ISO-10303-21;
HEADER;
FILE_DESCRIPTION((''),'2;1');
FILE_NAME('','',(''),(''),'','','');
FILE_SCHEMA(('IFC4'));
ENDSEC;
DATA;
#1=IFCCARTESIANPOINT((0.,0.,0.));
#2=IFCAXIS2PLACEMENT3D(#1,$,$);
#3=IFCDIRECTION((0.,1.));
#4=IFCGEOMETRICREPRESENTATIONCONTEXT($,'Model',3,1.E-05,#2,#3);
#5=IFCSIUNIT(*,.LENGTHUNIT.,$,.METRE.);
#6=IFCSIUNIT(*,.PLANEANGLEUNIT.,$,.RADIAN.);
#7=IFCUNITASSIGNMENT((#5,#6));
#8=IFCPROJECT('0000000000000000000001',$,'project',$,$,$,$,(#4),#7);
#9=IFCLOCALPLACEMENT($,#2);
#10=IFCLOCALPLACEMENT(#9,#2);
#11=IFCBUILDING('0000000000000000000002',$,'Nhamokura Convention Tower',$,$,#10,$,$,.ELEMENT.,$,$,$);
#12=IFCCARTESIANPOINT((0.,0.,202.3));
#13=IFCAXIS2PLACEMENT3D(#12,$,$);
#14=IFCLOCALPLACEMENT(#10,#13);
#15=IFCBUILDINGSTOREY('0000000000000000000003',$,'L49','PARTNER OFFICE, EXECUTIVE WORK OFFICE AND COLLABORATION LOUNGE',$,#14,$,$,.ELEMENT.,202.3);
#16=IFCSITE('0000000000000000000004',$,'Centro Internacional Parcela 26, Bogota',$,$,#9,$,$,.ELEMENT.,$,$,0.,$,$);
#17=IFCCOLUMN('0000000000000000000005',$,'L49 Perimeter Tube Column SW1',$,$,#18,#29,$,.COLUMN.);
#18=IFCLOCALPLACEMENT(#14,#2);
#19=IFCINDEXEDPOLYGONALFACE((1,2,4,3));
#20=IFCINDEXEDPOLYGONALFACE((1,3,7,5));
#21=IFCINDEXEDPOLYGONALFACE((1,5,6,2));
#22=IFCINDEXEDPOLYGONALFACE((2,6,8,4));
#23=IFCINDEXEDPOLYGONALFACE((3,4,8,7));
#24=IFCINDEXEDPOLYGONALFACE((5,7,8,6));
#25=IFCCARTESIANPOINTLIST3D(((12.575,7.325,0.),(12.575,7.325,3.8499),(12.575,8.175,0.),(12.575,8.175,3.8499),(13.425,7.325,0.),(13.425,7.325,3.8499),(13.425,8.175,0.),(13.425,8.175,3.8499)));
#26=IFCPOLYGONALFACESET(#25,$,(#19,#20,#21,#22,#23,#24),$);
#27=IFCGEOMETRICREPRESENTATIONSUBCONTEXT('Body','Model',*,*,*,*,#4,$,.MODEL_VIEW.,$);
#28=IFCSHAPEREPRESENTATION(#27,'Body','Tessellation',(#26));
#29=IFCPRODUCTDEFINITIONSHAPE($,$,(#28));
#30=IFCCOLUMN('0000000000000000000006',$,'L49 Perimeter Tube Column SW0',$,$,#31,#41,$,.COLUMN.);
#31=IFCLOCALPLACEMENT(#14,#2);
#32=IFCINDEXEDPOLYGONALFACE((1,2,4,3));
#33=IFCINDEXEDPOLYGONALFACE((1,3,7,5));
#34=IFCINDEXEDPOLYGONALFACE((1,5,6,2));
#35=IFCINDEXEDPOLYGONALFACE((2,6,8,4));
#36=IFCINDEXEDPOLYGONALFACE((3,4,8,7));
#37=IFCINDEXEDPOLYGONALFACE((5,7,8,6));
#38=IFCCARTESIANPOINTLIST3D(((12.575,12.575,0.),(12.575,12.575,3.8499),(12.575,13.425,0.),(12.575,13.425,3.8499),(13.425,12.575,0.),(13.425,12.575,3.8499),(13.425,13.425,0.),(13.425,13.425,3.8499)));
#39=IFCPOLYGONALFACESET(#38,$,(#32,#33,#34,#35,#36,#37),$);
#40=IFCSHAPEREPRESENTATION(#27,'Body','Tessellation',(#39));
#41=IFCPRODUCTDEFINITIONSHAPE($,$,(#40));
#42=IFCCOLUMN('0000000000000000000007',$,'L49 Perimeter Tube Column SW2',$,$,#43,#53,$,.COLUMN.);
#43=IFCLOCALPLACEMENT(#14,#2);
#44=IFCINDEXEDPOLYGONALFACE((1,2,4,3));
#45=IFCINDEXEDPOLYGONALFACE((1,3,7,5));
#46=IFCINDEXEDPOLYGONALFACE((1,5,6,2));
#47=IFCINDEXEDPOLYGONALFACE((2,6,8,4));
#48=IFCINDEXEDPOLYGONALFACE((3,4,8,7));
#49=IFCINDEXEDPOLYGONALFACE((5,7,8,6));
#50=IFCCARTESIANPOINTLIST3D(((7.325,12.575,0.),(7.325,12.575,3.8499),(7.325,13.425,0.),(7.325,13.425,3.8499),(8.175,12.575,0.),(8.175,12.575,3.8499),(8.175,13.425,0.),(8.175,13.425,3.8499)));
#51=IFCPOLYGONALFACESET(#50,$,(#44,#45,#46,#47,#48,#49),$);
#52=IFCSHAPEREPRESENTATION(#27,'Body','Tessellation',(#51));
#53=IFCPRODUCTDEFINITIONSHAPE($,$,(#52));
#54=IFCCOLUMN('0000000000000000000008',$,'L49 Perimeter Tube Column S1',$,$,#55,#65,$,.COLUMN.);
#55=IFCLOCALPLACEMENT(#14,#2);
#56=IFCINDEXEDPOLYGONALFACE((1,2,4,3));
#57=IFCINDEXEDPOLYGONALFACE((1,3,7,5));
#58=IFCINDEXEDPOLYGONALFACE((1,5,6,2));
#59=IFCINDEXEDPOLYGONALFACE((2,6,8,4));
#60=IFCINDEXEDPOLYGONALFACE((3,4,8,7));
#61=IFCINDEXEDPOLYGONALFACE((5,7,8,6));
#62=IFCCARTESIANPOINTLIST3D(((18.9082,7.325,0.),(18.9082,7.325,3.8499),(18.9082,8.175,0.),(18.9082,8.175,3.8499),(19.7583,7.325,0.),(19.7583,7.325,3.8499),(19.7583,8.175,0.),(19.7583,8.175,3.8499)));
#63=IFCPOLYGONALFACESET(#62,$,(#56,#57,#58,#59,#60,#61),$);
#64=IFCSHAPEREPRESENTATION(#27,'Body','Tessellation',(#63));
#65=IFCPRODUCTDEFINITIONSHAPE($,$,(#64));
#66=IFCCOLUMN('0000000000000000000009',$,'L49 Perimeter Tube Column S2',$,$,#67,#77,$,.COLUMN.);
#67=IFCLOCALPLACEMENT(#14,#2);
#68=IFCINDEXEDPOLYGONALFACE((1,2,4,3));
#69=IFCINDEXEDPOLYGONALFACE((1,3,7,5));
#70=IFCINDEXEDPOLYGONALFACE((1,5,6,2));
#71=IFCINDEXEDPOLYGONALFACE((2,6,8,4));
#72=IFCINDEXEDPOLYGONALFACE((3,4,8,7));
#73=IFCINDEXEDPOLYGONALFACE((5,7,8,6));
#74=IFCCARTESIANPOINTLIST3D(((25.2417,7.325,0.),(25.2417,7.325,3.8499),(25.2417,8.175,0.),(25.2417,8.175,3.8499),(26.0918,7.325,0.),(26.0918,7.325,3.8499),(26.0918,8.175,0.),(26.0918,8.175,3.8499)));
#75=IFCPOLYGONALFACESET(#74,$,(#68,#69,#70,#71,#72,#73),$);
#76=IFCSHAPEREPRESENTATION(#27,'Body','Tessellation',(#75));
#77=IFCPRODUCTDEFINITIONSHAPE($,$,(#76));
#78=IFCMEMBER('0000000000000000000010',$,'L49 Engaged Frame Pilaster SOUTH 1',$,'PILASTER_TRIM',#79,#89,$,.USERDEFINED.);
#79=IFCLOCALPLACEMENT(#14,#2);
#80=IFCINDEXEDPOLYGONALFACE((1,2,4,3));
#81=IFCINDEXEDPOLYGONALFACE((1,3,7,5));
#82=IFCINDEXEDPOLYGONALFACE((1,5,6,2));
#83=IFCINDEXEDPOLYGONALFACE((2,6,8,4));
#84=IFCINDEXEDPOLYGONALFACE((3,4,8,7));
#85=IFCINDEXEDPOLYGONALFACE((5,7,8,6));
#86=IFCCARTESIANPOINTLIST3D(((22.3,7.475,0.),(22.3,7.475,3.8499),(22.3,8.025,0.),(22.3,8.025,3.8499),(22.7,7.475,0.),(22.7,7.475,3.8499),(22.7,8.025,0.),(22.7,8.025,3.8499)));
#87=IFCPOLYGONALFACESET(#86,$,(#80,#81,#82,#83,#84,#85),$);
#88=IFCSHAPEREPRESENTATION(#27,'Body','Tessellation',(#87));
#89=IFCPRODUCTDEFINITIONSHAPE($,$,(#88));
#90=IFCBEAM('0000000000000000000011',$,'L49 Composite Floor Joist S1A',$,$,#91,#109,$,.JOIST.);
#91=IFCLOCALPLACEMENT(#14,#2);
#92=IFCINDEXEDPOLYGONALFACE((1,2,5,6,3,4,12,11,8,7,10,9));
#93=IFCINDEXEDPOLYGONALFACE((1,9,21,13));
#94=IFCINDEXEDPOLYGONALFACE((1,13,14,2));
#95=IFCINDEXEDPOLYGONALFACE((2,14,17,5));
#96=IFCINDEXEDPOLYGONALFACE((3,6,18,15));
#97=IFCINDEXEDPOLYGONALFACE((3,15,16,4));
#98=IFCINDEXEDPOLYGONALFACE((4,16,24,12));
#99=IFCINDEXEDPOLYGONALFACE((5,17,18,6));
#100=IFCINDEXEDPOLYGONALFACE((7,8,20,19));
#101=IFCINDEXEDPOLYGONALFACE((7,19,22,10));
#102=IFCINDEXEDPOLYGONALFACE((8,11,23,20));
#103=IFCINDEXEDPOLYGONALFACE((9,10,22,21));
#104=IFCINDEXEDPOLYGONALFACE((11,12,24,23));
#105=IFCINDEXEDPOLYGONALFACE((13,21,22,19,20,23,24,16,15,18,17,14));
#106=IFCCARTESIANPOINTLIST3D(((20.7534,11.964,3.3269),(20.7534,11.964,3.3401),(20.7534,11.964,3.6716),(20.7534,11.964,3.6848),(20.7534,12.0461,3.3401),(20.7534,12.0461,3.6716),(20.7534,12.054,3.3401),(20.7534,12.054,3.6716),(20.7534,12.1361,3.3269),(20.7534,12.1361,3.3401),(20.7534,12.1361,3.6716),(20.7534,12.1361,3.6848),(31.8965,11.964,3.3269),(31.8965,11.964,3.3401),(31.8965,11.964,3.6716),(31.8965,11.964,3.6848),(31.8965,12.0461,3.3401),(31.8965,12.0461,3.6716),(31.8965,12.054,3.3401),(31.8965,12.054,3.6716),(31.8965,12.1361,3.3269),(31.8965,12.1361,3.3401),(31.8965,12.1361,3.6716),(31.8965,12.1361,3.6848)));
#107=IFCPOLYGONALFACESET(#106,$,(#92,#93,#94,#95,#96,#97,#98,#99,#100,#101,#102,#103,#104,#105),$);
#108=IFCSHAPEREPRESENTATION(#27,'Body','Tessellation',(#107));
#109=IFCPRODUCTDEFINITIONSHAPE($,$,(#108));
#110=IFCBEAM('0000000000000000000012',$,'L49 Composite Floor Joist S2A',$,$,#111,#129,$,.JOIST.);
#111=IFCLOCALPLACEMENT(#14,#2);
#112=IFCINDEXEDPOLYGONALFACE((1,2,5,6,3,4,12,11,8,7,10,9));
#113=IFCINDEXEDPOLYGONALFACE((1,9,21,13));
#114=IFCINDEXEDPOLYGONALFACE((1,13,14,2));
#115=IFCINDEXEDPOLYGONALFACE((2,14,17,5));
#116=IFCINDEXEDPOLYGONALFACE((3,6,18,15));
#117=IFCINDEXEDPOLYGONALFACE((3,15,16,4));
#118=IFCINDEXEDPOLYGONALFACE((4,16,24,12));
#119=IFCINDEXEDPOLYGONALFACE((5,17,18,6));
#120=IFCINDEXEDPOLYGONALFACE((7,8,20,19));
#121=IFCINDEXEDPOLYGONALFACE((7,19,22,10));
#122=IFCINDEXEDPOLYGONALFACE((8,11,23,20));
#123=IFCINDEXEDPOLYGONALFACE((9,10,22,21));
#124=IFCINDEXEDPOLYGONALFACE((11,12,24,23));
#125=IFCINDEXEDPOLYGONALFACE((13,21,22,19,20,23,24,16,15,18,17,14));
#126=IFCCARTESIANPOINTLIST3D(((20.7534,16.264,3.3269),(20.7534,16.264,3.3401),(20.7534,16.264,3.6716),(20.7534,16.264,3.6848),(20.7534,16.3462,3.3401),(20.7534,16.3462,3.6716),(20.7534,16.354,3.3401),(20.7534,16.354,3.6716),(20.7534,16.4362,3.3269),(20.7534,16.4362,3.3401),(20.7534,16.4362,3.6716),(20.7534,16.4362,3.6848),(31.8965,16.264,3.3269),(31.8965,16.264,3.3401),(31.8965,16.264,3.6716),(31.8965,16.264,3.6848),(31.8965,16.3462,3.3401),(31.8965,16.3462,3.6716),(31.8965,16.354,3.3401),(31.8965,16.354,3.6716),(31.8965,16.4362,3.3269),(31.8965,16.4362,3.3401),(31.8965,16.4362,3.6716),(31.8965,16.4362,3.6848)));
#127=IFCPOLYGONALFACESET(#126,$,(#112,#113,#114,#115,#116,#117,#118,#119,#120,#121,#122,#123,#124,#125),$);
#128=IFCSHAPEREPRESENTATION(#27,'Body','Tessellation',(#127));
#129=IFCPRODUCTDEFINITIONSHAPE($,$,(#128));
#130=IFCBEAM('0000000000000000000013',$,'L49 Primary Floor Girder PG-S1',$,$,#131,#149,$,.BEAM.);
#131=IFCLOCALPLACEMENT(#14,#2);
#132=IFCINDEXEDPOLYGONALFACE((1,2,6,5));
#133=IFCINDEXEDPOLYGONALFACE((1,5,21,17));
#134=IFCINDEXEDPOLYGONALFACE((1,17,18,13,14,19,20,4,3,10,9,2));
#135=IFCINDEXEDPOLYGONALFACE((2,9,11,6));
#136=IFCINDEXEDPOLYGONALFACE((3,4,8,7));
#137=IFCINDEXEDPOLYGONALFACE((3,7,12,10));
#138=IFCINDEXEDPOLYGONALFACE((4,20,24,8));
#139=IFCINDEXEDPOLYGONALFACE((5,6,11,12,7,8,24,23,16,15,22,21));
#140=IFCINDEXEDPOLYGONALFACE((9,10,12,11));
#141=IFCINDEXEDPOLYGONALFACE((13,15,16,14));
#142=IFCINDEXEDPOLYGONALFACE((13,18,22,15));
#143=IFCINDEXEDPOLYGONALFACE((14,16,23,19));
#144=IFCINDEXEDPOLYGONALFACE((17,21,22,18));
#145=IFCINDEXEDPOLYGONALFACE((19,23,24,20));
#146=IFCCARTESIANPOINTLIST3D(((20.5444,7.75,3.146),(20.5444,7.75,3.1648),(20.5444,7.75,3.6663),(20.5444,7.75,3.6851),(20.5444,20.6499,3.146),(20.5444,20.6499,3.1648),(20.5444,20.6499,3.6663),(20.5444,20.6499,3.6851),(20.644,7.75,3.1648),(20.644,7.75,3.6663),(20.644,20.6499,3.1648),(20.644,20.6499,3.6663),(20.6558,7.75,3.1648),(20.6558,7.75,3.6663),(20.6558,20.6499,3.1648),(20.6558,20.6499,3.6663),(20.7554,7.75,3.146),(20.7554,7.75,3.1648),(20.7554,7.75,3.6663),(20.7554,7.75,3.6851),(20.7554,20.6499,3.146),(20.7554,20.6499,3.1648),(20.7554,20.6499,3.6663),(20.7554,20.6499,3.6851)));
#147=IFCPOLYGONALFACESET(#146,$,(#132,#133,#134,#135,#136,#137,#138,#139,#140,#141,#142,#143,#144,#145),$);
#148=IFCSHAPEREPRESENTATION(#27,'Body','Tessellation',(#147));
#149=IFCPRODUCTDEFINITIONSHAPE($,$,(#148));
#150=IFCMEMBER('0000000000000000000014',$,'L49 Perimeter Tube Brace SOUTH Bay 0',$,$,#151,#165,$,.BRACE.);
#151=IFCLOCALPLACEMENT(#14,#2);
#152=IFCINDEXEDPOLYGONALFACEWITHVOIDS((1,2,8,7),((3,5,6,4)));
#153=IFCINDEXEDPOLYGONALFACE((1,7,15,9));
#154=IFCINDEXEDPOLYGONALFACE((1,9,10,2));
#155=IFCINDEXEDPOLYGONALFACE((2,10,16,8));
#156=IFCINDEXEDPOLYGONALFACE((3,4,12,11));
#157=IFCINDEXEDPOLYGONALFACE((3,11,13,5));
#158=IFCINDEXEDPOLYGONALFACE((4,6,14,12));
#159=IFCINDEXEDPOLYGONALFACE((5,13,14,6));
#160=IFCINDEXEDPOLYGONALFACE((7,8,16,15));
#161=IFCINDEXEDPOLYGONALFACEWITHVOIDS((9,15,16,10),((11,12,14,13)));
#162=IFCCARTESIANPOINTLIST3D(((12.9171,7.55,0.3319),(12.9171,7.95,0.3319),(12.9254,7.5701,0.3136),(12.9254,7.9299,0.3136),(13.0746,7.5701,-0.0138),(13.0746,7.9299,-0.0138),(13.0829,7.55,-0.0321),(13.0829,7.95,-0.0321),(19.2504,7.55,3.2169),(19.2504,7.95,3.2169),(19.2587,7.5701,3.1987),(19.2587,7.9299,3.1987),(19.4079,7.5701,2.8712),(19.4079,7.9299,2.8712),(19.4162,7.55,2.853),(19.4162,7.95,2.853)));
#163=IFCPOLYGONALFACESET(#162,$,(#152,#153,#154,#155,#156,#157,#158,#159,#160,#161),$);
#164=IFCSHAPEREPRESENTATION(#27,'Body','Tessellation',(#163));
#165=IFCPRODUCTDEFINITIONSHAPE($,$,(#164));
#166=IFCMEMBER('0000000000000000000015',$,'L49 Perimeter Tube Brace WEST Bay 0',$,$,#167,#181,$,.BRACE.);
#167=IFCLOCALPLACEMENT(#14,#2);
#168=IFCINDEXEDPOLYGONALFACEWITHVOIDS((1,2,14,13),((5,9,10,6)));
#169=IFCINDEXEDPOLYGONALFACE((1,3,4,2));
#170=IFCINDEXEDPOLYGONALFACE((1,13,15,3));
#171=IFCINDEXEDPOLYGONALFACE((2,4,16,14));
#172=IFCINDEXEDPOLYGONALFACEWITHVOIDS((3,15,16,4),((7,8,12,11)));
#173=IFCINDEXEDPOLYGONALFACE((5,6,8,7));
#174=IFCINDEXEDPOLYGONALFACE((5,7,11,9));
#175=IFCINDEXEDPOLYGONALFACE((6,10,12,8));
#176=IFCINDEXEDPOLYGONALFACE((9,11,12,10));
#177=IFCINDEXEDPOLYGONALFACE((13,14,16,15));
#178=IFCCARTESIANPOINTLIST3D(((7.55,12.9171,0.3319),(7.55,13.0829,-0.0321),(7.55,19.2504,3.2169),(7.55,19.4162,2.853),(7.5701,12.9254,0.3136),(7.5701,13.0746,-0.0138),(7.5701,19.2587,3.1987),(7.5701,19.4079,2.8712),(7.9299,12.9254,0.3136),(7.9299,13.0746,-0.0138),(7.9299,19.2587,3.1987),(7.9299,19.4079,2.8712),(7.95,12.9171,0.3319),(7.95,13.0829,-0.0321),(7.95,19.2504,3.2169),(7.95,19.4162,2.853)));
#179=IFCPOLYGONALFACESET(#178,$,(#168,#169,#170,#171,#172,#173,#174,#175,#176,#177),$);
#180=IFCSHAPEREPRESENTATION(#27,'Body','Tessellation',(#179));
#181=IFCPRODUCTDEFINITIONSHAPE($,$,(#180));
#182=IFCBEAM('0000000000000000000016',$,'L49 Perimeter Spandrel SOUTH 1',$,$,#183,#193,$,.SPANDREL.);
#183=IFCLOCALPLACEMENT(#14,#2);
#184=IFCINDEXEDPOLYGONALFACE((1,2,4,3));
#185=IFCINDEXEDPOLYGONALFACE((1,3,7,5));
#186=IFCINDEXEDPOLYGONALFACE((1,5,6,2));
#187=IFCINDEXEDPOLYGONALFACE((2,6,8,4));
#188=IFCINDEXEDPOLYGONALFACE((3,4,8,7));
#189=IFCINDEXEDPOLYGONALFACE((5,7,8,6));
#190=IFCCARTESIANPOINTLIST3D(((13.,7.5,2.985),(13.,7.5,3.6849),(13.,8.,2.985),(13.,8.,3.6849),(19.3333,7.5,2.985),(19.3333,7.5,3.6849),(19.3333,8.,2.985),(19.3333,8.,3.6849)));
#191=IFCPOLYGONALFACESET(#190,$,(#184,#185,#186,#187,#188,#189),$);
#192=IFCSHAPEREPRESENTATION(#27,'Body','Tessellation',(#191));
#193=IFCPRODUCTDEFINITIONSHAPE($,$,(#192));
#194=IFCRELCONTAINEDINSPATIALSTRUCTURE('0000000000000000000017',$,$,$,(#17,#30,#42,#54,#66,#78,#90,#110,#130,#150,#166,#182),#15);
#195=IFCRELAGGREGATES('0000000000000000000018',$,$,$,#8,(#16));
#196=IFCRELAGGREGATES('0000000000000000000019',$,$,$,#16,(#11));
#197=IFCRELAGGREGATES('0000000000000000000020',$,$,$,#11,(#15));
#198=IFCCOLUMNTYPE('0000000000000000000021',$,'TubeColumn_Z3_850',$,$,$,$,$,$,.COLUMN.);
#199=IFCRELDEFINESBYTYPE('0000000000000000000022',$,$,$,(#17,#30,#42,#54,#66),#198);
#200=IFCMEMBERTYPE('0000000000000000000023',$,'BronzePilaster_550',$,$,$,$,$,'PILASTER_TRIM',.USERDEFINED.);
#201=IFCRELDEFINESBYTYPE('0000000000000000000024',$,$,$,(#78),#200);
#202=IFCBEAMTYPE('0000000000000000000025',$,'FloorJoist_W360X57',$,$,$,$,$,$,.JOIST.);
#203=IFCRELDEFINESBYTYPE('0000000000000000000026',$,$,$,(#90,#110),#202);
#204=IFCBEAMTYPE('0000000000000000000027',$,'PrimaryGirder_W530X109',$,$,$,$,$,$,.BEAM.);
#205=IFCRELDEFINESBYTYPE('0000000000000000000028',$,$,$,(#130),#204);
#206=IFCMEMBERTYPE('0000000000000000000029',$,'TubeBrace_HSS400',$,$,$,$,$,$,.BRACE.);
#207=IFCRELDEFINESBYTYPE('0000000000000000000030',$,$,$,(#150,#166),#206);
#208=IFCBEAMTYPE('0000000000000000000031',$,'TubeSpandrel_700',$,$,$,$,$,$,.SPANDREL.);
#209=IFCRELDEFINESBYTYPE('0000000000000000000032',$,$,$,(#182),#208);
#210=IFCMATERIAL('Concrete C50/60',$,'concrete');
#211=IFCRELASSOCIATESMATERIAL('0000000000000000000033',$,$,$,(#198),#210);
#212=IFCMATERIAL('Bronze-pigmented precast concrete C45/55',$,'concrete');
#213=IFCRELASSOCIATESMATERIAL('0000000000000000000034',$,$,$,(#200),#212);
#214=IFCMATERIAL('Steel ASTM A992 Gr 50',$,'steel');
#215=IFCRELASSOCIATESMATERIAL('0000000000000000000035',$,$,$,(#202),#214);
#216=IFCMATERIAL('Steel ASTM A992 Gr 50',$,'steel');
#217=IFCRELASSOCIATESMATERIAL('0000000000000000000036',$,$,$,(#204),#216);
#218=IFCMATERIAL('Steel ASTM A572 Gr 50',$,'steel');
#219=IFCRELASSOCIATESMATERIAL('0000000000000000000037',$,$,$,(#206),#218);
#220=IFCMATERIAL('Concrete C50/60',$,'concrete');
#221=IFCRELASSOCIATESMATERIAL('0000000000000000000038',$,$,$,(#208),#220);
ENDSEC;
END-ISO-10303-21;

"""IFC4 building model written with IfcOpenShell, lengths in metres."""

from ifc_helpers import new_model, si_unit, direction, frame, origin, origin_2d, place, context, subcontext, project, spatial, rectangle, hollow_rectangle, i_section, extrude, material, material_profile, profile_set, type_object, element, save


model = new_model("IFC4")

# Units and contexts
model_context = context("Model", 3, precision=1e-05, world=origin(), true_north=direction((0.0, 1.0)))
body_context = subcontext(model_context, "Body", "Model", "MODEL_VIEW")
ifc_project = project(units=[si_unit("LENGTHUNIT", "METRE"), si_unit("PLANEANGLEUNIT", "RADIAN")], contexts=[model_context])

# Site, building, storey
site_placement = place(None, origin())
site = spatial("IfcSite", under=ifc_project, at=site_placement, Name="Centro Internacional Parcela 26, Bogota", CompositionType="ELEMENT", RefElevation=0.0)
building_placement = place(site_placement, origin())
building = spatial("IfcBuilding", under=site, at=building_placement, Name="Nhamokura Convention Tower", CompositionType="ELEMENT")
storey_placement = place(building_placement, frame((0.0, 0.0, 202.3)))
storey = spatial("IfcBuildingStorey", under=building, at=storey_placement, Name="L49", Description="PARTNER OFFICE, EXECUTIVE WORK OFFICE AND COLLABORATION LOUNGE", CompositionType="ELEMENT", Elevation=202.3)

# Columns
ifc_material_1 = material(Name="Concrete C50/60", Category="concrete")
ifc_material_profile_1 = material_profile(ifc_material_1, rectangle(XDim=0.8501, YDim=0.8501, at=origin_2d()))
ifc_profile_set_1 = profile_set([ifc_material_profile_1], Name="Concrete C50/60")
column_type = type_object("IfcColumnType", Name="TubeColumn_Z3_850", PredefinedType="COLUMN", material=ifc_profile_set_1)
for number, where, z_axis, x_axis, name in (
    (1, (13.0, 7.75, 0.0), (0.0, 0.0, 1.0), (1.0, 0.0, 0.0), "L49 Perimeter Tube Column SW1"),
    (2, (13.0, 13.0, 0.0), (0.0, 0.0, 1.0), (1.0, 0.0, 0.0), "L49 Perimeter Tube Column SW0"),
    (3, (7.75, 13.0, 0.0), (0.0, 0.0, 1.0), (1.0, 0.0, 0.0), "L49 Perimeter Tube Column SW2"),
    (4, (19.3333, 7.75, 0.0), (0.0, 0.0, 1.0), (1.0, 0.0, 0.0), "L49 Perimeter Tube Column S1"),
    (5, (25.6667, 7.75, 0.0), (0.0, 0.0, 1.0), (1.0, 0.0, 0.0), "L49 Perimeter Tube Column S2"),
):
    element("IfcColumn", number, at=place(storey_placement, frame(where, z_axis=z_axis, x_axis=x_axis)), inside=storey, type_object=column_type, Name=name, PredefinedType="COLUMN", context=body_context, shape_type="SweptSolid", body=[
        extrude(rectangle(XDim=0.8501, YDim=0.8501, at=origin_2d()), origin(), (0.0, 0.0, 1.0), 3.8499),
    ])

# Member
ifc_material_2 = material(Name="Bronze-pigmented precast concrete C45/55", Category="concrete")
ifc_material_profile_2 = material_profile(ifc_material_2, rectangle(XDim=0.3999, YDim=0.55, at=origin_2d()))
ifc_profile_set_2 = profile_set([ifc_material_profile_2], Name="Bronze-pigmented precast concrete C45/55")
member_type_1 = type_object("IfcMemberType", Name="BronzePilaster_550", ElementType="PILASTER_TRIM", PredefinedType="USERDEFINED", material=ifc_profile_set_2)
member_placement = place(storey_placement, frame((22.5, 7.75, 0.0), z_axis=(0.0, 0.0, 1.0), x_axis=(1.0, 0.0, 0.0)))
element("IfcMember", 6, at=member_placement, inside=storey, type_object=member_type_1, Name="L49 Engaged Frame Pilaster SOUTH 1", ObjectType="PILASTER_TRIM", PredefinedType="USERDEFINED", context=body_context, shape_type="SweptSolid", body=[
    extrude(rectangle(XDim=0.3999, YDim=0.55, at=origin_2d()), origin(), (0.0, 0.0, 1.0), 3.8499),
])

# Beams
ifc_material_3 = material(Name="Steel ASTM A992 Gr 50", Category="steel")
ifc_material_profile_3 = material_profile(ifc_material_3, i_section(OverallWidth=0.1721, OverallDepth=0.3579, WebThickness=0.0078, FlangeThickness=0.0132, at=origin_2d()))
ifc_profile_set_3 = profile_set([ifc_material_profile_3], Name="Steel ASTM A992 Gr 50")
beam_type_1 = type_object("IfcBeamType", Name="FloorJoist_W360X57", PredefinedType="JOIST", material=ifc_profile_set_3)
for number, where, z_axis, x_axis, name in (
    (7, (20.7534, 12.05, 3.5059), (1.0, 0.0, 0.0), (0.0, 1.0, 0.0), "L49 Composite Floor Joist S1A"),
    (8, (20.7534, 16.3501, 3.5059), (1.0, 0.0, 0.0), (0.0, 1.0, 0.0), "L49 Composite Floor Joist S2A"),
):
    element("IfcBeam", number, at=place(storey_placement, frame(where, z_axis=z_axis, x_axis=x_axis)), inside=storey, type_object=beam_type_1, Name=name, PredefinedType="JOIST", context=body_context, shape_type="SweptSolid", body=[
        extrude(i_section(OverallWidth=0.1721, OverallDepth=0.3579, WebThickness=0.0078, FlangeThickness=0.0132, at=origin_2d()), origin(), (0.0, 0.0, 1.0), 11.1431),
    ])
ifc_material_4 = material(Name="Steel ASTM A992 Gr 50", Category="steel")
ifc_material_profile_4 = material_profile(ifc_material_4, i_section(OverallWidth=0.2109, OverallDepth=0.5391, WebThickness=0.0117, FlangeThickness=0.0188, at=origin_2d()))
ifc_profile_set_4 = profile_set([ifc_material_profile_4], Name="Steel ASTM A992 Gr 50")
beam_type_2 = type_object("IfcBeamType", Name="PrimaryGirder_W530X109", PredefinedType="BEAM", material=ifc_profile_set_4)
beam_1_placement = place(storey_placement, frame((20.6499, 7.75, 3.4155), z_axis=(0.0, 1.0, 0.0), x_axis=(-1.0, 0.0, 0.0)))
element("IfcBeam", 9, at=beam_1_placement, inside=storey, type_object=beam_type_2, Name="L49 Primary Floor Girder PG-S1", PredefinedType="BEAM", context=body_context, shape_type="SweptSolid", body=[
    extrude(i_section(OverallWidth=0.2109, OverallDepth=0.5391, WebThickness=0.0117, FlangeThickness=0.0188, at=origin_2d()), origin(), (0.0, 0.0, 1.0), 12.8999),
])

# Members
ifc_material_5 = material(Name="Steel ASTM A572 Gr 50", Category="steel")
ifc_material_profile_5 = material_profile(ifc_material_5, hollow_rectangle(XDim=0.3999, YDim=0.3999, WallThickness=0.02, at=origin_2d()))
ifc_profile_set_5 = profile_set([ifc_material_profile_5], Name="Steel ASTM A572 Gr 50")
member_type_2 = type_object("IfcMemberType", Name="TubeBrace_HSS400", PredefinedType="BRACE", material=ifc_profile_set_5)
for number, where, z_axis, x_axis, name in (
    (10, (13.0, 7.75, 0.1499), (0.910027, 0.0, 0.414548), (0.0, 1.0, 0.0), "L49 Perimeter Tube Brace SOUTH Bay 0"),
    (11, (7.75, 13.0, 0.1499), (0.0, 0.910027, 0.414548), (-1.0, 0.0, 0.0), "L49 Perimeter Tube Brace WEST Bay 0"),
):
    element("IfcMember", number, at=place(storey_placement, frame(where, z_axis=z_axis, x_axis=x_axis)), inside=storey, type_object=member_type_2, Name=name, PredefinedType="BRACE", context=body_context, shape_type="SweptSolid", body=[
        extrude(hollow_rectangle(XDim=0.3999, YDim=0.3999, WallThickness=0.02, at=origin_2d()), origin(), (0.0, 0.0, 1.0), 6.9595),
    ])

# Beam
ifc_material_6 = material(Name="Concrete C50/60", Category="concrete")
ifc_material_profile_6 = material_profile(ifc_material_6, rectangle(XDim=0.5, YDim=0.7, at=origin_2d()))
ifc_profile_set_6 = profile_set([ifc_material_profile_6], Name="Concrete C50/60")
beam_type_3 = type_object("IfcBeamType", Name="TubeSpandrel_700", PredefinedType="SPANDREL", material=ifc_profile_set_6)
beam_2_placement = place(storey_placement, frame((13.0, 7.75, 3.335), z_axis=(1.0, 0.0, 0.0), x_axis=(0.0, 1.0, 0.0)))
element("IfcBeam", 12, at=beam_2_placement, inside=storey, type_object=beam_type_3, Name="L49 Perimeter Spandrel SOUTH 1", PredefinedType="SPANDREL", context=body_context, shape_type="SweptSolid", body=[
    extrude(rectangle(XDim=0.5, YDim=0.7, at=origin_2d()), origin(), (0.0, 0.0, 1.0), 6.3333),
])

save(model, "model.ifc")
